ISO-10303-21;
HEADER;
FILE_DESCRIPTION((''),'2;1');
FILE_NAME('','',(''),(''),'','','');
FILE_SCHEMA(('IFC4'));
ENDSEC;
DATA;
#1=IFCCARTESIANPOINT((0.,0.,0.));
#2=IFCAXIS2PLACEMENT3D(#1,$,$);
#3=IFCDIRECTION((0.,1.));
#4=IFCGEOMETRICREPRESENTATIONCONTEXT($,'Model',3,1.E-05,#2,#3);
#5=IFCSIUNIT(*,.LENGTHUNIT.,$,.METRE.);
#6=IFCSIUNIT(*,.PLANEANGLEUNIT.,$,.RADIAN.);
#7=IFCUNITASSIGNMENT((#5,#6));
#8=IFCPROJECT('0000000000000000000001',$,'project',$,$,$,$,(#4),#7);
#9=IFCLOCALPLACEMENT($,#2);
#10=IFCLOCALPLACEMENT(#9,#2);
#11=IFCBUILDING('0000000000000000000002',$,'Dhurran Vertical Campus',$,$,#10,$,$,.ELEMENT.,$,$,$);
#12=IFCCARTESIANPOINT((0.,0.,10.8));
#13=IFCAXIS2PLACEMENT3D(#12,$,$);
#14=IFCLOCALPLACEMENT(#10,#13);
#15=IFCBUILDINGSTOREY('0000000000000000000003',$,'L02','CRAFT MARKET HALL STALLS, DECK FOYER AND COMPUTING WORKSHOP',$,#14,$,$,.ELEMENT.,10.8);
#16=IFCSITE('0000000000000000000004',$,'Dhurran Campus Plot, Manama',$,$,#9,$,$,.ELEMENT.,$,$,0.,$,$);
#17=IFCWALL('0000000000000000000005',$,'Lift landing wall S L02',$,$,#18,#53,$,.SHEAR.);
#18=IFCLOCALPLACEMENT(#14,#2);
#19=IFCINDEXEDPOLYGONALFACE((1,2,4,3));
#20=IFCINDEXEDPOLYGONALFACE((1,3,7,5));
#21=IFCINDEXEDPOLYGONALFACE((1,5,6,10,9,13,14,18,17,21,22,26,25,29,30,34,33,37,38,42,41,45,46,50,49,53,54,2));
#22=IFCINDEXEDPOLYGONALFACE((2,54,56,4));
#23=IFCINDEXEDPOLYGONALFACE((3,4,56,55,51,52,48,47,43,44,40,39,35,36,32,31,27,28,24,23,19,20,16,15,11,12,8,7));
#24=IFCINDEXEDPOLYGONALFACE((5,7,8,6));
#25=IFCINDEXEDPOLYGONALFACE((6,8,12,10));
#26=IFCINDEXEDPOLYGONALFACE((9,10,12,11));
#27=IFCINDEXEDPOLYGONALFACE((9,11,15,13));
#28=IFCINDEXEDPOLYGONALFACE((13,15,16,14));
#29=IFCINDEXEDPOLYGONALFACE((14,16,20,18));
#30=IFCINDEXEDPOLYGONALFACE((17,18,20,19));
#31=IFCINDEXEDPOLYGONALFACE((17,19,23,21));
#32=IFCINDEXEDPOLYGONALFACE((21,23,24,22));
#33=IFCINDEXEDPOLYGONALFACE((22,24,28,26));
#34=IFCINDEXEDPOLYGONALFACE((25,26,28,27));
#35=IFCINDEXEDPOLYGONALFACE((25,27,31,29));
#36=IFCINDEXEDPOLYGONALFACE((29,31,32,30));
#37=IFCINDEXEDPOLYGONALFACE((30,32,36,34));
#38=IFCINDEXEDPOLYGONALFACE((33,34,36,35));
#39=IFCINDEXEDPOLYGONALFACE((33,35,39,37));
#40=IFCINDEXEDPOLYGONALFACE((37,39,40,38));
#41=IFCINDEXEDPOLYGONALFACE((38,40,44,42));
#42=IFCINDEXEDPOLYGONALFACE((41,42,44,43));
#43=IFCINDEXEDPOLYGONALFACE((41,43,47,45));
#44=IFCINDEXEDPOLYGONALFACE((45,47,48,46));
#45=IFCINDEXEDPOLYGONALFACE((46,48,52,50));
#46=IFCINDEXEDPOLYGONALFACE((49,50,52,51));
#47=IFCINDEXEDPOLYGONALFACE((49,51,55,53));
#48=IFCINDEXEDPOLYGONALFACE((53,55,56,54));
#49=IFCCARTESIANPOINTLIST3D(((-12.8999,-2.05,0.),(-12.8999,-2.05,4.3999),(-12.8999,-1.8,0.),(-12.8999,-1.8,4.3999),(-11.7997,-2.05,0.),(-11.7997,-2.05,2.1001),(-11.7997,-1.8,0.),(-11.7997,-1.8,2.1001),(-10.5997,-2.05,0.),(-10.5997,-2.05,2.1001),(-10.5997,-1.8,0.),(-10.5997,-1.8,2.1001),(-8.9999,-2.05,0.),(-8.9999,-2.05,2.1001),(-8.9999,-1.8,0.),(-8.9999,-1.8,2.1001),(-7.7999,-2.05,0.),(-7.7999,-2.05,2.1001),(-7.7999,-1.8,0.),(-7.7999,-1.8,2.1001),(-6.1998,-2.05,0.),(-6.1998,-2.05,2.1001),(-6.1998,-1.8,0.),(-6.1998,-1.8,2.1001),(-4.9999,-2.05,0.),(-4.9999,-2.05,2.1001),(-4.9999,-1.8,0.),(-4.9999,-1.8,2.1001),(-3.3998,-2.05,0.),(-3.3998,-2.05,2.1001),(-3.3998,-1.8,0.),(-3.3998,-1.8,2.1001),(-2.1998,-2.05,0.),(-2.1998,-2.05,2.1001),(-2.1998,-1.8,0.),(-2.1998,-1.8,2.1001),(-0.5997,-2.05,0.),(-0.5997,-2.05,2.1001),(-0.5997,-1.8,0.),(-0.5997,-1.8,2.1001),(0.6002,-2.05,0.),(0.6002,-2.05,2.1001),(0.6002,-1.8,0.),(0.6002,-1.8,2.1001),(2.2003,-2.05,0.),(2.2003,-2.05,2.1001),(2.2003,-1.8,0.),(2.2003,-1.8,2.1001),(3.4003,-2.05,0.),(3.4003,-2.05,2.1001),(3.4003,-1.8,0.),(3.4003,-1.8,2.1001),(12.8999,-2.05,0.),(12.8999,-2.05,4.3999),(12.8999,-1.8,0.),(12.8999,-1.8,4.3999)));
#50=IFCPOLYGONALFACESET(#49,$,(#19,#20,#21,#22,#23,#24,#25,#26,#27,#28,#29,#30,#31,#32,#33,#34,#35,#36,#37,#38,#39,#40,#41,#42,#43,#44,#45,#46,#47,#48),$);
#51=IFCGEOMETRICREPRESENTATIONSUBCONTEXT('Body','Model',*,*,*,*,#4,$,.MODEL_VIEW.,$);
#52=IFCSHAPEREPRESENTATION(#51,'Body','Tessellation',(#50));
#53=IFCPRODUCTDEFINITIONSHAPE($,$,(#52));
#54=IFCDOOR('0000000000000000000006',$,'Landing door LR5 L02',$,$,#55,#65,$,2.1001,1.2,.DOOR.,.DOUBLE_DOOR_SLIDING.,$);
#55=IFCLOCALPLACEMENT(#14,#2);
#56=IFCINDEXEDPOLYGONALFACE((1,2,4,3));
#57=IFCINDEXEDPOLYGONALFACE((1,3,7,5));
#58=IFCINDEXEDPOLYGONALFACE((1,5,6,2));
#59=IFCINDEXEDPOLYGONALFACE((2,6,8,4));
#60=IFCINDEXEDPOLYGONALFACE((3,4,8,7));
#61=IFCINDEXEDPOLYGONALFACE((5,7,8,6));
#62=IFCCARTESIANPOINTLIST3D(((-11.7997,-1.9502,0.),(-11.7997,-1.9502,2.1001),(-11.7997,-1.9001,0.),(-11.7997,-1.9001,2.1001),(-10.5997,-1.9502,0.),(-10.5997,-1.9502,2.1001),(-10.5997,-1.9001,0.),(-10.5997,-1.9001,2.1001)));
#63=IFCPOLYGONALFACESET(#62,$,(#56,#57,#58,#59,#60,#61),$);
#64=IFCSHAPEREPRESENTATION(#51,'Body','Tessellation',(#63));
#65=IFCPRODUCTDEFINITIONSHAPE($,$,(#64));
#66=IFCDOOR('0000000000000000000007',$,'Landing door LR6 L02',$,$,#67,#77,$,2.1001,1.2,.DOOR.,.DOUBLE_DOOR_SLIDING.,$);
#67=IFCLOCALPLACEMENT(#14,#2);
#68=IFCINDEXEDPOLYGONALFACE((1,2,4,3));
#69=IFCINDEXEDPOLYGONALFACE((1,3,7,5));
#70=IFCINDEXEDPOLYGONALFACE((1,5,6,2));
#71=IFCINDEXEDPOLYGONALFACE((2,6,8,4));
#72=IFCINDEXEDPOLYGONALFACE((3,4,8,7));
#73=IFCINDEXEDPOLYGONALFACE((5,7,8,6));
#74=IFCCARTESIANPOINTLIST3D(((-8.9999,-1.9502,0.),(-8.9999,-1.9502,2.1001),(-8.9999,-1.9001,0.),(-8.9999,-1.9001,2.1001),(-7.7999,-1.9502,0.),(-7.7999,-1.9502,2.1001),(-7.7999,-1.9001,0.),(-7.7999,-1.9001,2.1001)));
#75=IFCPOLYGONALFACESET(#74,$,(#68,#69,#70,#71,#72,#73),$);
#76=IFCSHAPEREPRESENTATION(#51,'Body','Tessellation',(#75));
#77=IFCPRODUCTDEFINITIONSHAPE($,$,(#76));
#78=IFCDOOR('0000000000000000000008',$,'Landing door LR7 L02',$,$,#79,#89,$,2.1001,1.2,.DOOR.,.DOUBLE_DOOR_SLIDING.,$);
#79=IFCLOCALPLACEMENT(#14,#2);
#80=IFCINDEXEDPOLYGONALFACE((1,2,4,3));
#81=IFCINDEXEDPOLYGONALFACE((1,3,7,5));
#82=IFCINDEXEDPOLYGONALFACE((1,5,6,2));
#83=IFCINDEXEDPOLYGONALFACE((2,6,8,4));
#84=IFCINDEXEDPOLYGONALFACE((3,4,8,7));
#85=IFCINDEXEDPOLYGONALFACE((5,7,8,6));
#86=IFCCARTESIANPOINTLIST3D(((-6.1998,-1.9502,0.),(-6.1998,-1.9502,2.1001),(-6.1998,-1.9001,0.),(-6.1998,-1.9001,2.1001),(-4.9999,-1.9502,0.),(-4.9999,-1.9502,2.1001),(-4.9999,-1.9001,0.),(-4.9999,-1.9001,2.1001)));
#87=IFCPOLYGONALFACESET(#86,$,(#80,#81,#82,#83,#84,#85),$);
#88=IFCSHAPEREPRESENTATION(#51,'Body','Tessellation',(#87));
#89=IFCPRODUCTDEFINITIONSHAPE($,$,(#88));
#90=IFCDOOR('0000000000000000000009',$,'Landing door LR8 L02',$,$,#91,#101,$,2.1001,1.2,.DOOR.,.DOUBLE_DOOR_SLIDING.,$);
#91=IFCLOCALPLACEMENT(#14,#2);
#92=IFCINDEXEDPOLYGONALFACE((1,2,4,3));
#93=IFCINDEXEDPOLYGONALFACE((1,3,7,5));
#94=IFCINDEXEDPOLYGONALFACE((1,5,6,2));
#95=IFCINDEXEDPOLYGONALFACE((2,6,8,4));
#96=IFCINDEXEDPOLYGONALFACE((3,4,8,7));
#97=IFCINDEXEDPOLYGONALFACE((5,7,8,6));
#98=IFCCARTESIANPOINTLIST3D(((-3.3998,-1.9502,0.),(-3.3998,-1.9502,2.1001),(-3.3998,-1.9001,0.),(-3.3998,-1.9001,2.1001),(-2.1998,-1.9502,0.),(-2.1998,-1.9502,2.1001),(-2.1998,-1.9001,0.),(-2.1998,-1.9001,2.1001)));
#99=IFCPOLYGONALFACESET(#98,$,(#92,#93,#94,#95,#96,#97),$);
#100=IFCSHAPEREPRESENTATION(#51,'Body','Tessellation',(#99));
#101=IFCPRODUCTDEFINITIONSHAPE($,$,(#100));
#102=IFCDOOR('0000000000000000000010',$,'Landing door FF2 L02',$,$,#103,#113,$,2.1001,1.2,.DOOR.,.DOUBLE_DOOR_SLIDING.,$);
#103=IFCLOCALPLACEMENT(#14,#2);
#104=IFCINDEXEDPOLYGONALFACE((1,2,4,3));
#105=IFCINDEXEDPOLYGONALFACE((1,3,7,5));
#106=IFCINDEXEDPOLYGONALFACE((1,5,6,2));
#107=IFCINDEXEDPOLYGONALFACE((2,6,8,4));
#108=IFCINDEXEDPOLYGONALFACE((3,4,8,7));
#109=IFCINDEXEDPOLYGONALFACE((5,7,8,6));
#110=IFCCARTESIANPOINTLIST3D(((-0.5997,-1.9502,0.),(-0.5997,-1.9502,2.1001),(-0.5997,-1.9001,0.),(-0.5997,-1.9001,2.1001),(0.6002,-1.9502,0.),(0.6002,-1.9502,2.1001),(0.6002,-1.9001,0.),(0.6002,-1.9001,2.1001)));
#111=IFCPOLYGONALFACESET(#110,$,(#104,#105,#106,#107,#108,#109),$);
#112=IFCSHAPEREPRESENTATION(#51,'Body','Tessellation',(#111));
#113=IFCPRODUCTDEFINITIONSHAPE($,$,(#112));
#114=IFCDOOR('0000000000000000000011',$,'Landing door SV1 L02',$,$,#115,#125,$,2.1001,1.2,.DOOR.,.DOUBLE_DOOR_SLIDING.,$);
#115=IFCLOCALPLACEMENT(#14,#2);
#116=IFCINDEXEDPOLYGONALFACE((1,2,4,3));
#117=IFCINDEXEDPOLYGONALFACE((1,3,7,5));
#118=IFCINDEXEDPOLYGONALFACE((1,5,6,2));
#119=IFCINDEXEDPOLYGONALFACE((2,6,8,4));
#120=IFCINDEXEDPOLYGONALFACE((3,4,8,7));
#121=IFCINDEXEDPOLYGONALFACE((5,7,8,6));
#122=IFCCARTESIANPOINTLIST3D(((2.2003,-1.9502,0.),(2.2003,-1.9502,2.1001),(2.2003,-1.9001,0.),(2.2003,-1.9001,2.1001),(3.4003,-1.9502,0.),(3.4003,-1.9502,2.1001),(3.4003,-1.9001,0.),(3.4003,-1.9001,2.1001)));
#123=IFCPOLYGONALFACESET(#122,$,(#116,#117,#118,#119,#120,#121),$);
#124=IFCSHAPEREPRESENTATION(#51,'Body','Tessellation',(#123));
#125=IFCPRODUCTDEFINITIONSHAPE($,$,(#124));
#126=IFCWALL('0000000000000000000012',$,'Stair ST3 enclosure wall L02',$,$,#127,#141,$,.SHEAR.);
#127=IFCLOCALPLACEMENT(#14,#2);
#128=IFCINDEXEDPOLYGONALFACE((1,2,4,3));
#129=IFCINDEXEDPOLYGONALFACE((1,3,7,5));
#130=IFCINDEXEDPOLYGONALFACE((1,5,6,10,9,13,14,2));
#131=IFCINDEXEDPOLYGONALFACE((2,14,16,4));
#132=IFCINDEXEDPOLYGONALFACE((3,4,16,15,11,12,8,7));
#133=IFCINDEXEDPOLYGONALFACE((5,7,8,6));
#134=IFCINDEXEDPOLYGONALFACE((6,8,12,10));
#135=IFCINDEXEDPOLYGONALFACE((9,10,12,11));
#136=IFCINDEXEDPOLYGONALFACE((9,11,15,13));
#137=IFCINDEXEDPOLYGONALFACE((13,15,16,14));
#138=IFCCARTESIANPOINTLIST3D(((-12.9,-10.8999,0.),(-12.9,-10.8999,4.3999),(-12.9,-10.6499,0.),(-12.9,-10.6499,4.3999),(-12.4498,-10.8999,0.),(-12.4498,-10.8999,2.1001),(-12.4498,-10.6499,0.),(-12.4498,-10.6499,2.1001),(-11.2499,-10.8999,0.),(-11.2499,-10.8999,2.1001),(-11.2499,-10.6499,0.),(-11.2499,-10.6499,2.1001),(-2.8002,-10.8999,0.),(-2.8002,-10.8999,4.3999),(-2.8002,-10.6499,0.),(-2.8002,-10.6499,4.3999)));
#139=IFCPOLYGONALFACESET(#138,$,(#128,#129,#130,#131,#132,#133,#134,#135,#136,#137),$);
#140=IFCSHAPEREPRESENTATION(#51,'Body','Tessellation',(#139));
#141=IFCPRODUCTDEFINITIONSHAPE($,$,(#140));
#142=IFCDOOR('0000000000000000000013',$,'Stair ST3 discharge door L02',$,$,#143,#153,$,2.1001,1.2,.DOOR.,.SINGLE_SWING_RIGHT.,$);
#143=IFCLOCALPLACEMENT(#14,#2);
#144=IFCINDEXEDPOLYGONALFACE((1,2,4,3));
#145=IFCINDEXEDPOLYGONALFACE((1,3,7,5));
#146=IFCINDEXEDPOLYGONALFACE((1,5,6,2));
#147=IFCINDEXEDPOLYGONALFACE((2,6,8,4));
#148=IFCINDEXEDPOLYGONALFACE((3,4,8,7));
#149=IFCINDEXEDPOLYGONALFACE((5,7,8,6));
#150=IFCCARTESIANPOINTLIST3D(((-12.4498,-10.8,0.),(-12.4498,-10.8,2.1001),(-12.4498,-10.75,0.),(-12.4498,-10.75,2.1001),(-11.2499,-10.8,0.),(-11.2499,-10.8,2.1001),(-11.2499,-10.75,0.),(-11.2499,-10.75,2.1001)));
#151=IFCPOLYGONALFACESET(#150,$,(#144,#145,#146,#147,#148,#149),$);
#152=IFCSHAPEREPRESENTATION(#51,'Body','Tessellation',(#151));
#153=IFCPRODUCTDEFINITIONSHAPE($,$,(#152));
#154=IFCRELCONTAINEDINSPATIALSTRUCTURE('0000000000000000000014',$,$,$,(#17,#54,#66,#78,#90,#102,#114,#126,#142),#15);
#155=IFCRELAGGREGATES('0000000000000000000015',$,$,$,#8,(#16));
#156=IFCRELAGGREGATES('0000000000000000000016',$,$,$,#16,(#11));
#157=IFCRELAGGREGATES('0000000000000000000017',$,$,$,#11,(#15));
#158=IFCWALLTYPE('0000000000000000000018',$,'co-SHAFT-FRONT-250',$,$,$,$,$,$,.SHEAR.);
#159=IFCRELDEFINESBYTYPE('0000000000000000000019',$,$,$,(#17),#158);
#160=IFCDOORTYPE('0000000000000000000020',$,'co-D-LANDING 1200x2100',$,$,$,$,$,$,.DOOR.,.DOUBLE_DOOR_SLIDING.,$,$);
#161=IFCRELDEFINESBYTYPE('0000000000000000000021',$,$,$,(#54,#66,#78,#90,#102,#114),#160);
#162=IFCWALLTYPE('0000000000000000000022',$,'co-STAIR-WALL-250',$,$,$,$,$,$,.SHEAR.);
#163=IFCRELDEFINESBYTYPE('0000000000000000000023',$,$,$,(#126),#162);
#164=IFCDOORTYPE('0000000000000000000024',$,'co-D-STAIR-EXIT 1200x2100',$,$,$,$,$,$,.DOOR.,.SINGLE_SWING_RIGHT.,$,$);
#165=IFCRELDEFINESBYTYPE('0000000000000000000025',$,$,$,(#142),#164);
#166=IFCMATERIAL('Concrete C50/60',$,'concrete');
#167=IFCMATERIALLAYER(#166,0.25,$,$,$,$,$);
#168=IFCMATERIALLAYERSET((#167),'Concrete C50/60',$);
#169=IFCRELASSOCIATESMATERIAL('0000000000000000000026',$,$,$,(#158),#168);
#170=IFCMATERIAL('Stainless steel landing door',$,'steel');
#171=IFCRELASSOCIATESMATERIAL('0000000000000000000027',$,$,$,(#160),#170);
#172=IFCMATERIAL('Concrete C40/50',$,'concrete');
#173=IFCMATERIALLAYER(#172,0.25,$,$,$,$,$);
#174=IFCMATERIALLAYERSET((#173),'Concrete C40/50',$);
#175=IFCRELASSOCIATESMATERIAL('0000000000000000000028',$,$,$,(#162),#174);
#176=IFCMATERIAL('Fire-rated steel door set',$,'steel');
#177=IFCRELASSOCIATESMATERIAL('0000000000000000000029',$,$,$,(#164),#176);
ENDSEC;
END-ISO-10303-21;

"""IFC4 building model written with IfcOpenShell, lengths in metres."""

from ifc_helpers import new_model, si_unit, direction, frame, frame_2d, origin, place, context, subcontext, project, spatial, rectangle, extrude, material, layer, layer_set, type_object, element, fill, save


model = new_model("IFC4")

# Units and contexts
model_context = context("Model", 3, precision=1e-05, world=origin(), true_north=direction((0.0, 1.0)))
body_context = subcontext(model_context, "Body", "Model", "MODEL_VIEW")
ifc_project = project(units=[si_unit("LENGTHUNIT", "METRE"), si_unit("PLANEANGLEUNIT", "RADIAN")], contexts=[model_context])

# Site, building, storey
site_placement = place(None, origin())
site = spatial("IfcSite", under=ifc_project, at=site_placement, Name="Dhurran Campus Plot, Manama", CompositionType="ELEMENT", RefElevation=0.0)
building_placement = place(site_placement, origin())
building = spatial("IfcBuilding", under=site, at=building_placement, Name="Dhurran Vertical Campus", CompositionType="ELEMENT")
storey_placement = place(building_placement, frame((0.0, 0.0, 10.8)))
storey = spatial("IfcBuildingStorey", under=building, at=storey_placement, Name="L02", Description="CRAFT MARKET HALL STALLS, DECK FOYER AND COMPUTING WORKSHOP", CompositionType="ELEMENT", Elevation=10.8)

# Wall, openings, doors
ifc_material_1 = material(Name="Concrete C50/60", Category="concrete")
ifc_layer_1 = layer(ifc_material_1, 0.25)
ifc_layer_set_1 = layer_set([ifc_layer_1], Name="Concrete C50/60")
wall_type_1 = type_object("IfcWallType", Name="co-SHAFT-FRONT-250", PredefinedType="SHEAR", material=ifc_layer_set_1)
wall_1_placement = place(storey_placement, frame((-12.8999, -1.925, 0.0), z_axis=(0.0, 0.0, 1.0), x_axis=(1.0, 0.0, 0.0)))
wall_1 = element("IfcWall", 1, at=wall_1_placement, inside=storey, type_object=wall_type_1, Name="Lift landing wall S L02", PredefinedType="SHEAR", context=body_context, shape_type="SweptSolid", body=[
    extrude(rectangle(XDim=25.7998, YDim=0.25, at=frame_2d((12.8999, 0.0))), origin(), (0.0, 0.0, 1.0), 4.3999),
])
opening_1_placement = place(wall_1_placement, frame((1.1001, 0.0, 0.0)))
opening_1 = element("IfcOpeningElement", 2, at=opening_1_placement, cuts=wall_1, PredefinedType="OPENING", context=body_context, shape_type="SweptSolid", body=[
    extrude(rectangle(XDim=1.2, YDim=2.1001, at=frame_2d((0.6001, 1.05))), frame((0.0, 0.135, 0.0), z_axis=(0.0, -1.0, 0.0), x_axis=(1.0, 0.0, 0.0)), (0.0, 0.0, 1.0), 0.27),
])
opening_2_placement = place(wall_1_placement, frame((3.8999, 0.0, 0.0)))
opening_2 = element("IfcOpeningElement", 3, at=opening_2_placement, cuts=wall_1, PredefinedType="OPENING", context=body_context, shape_type="SweptSolid", body=[
    extrude(rectangle(XDim=1.2, YDim=2.1001, at=frame_2d((0.6001, 1.05))), frame((0.0, 0.135, 0.0), z_axis=(0.0, -1.0, 0.0), x_axis=(1.0, 0.0, 0.0)), (0.0, 0.0, 1.0), 0.27),
])
opening_3_placement = place(wall_1_placement, frame((6.7, 0.0, 0.0)))
opening_3 = element("IfcOpeningElement", 4, at=opening_3_placement, cuts=wall_1, PredefinedType="OPENING", context=body_context, shape_type="SweptSolid", body=[
    extrude(rectangle(XDim=1.2, YDim=2.1001, at=frame_2d((0.6001, 1.05))), frame((0.0, 0.135, 0.0), z_axis=(0.0, -1.0, 0.0), x_axis=(1.0, 0.0, 0.0)), (0.0, 0.0, 1.0), 0.27),
])
opening_4_placement = place(wall_1_placement, frame((9.5, 0.0, 0.0)))
opening_4 = element("IfcOpeningElement", 5, at=opening_4_placement, cuts=wall_1, PredefinedType="OPENING", context=body_context, shape_type="SweptSolid", body=[
    extrude(rectangle(XDim=1.2, YDim=2.1001, at=frame_2d((0.6001, 1.05))), frame((0.0, 0.135, 0.0), z_axis=(0.0, -1.0, 0.0), x_axis=(1.0, 0.0, 0.0)), (0.0, 0.0, 1.0), 0.27),
])
opening_5_placement = place(wall_1_placement, frame((12.3, 0.0, 0.0)))
opening_5 = element("IfcOpeningElement", 6, at=opening_5_placement, cuts=wall_1, PredefinedType="OPENING", context=body_context, shape_type="SweptSolid", body=[
    extrude(rectangle(XDim=1.2, YDim=2.1001, at=frame_2d((0.6001, 1.05))), frame((0.0, 0.135, 0.0), z_axis=(0.0, -1.0, 0.0), x_axis=(1.0, 0.0, 0.0)), (0.0, 0.0, 1.0), 0.27),
])
opening_6_placement = place(wall_1_placement, frame((15.1001, 0.0, 0.0)))
opening_6 = element("IfcOpeningElement", 7, at=opening_6_placement, cuts=wall_1, PredefinedType="OPENING", context=body_context, shape_type="SweptSolid", body=[
    extrude(rectangle(XDim=1.2, YDim=2.1001, at=frame_2d((0.6001, 1.05))), frame((0.0, 0.135, 0.0), z_axis=(0.0, -1.0, 0.0), x_axis=(1.0, 0.0, 0.0)), (0.0, 0.0, 1.0), 0.27),
])
ifc_material_2 = material(Name="Stainless steel landing door", Category="steel")
door_type_1 = type_object("IfcDoorType", Name="co-D-LANDING 1200x2100", OperationType="DOUBLE_DOOR_SLIDING", PredefinedType="DOOR", material=ifc_material_2)
door_1_placement = place(opening_1_placement, origin())
door_1 = element("IfcDoor", 8, at=door_1_placement, inside=storey, type_object=door_type_1, Name="Landing door LR5 L02", OperationType="DOUBLE_DOOR_SLIDING", OverallHeight=2.1001, OverallWidth=1.2, PredefinedType="DOOR", context=body_context, shape_type="SweptSolid", body=[
    extrude(rectangle(XDim=1.2, YDim=2.1001, at=frame_2d((0.6001, 1.05))), frame((0.0, 0.0249, 0.0), z_axis=(0.0, -1.0, 0.0), x_axis=(1.0, 0.0, 0.0)), (0.0, 0.0, 1.0), 0.05),
])
fill(opening_1, door_1)
door_2_placement = place(opening_2_placement, origin())
door_2 = element("IfcDoor", 9, at=door_2_placement, inside=storey, type_object=door_type_1, Name="Landing door LR6 L02", OperationType="DOUBLE_DOOR_SLIDING", OverallHeight=2.1001, OverallWidth=1.2, PredefinedType="DOOR", context=body_context, shape_type="SweptSolid", body=[
    extrude(rectangle(XDim=1.2, YDim=2.1001, at=frame_2d((0.6001, 1.05))), frame((0.0, 0.0249, 0.0), z_axis=(0.0, -1.0, 0.0), x_axis=(1.0, 0.0, 0.0)), (0.0, 0.0, 1.0), 0.05),
])
fill(opening_2, door_2)
door_3_placement = place(opening_3_placement, origin())
door_3 = element("IfcDoor", 10, at=door_3_placement, inside=storey, type_object=door_type_1, Name="Landing door LR7 L02", OperationType="DOUBLE_DOOR_SLIDING", OverallHeight=2.1001, OverallWidth=1.2, PredefinedType="DOOR", context=body_context, shape_type="SweptSolid", body=[
    extrude(rectangle(XDim=1.2, YDim=2.1001, at=frame_2d((0.6001, 1.05))), frame((0.0, 0.0249, 0.0), z_axis=(0.0, -1.0, 0.0), x_axis=(1.0, 0.0, 0.0)), (0.0, 0.0, 1.0), 0.05),
])
fill(opening_3, door_3)
door_4_placement = place(opening_4_placement, origin())
door_4 = element("IfcDoor", 11, at=door_4_placement, inside=storey, type_object=door_type_1, Name="Landing door LR8 L02", OperationType="DOUBLE_DOOR_SLIDING", OverallHeight=2.1001, OverallWidth=1.2, PredefinedType="DOOR", context=body_context, shape_type="SweptSolid", body=[
    extrude(rectangle(XDim=1.2, YDim=2.1001, at=frame_2d((0.6001, 1.05))), frame((0.0, 0.0249, 0.0), z_axis=(0.0, -1.0, 0.0), x_axis=(1.0, 0.0, 0.0)), (0.0, 0.0, 1.0), 0.05),
])
fill(opening_4, door_4)
door_5_placement = place(opening_5_placement, origin())
door_5 = element("IfcDoor", 12, at=door_5_placement, inside=storey, type_object=door_type_1, Name="Landing door FF2 L02", OperationType="DOUBLE_DOOR_SLIDING", OverallHeight=2.1001, OverallWidth=1.2, PredefinedType="DOOR", context=body_context, shape_type="SweptSolid", body=[
    extrude(rectangle(XDim=1.2, YDim=2.1001, at=frame_2d((0.6001, 1.05))), frame((0.0, 0.0249, 0.0), z_axis=(0.0, -1.0, 0.0), x_axis=(1.0, 0.0, 0.0)), (0.0, 0.0, 1.0), 0.05),
])
fill(opening_5, door_5)
door_6_placement = place(opening_6_placement, origin())
door_6 = element("IfcDoor", 13, at=door_6_placement, inside=storey, type_object=door_type_1, Name="Landing door SV1 L02", OperationType="DOUBLE_DOOR_SLIDING", OverallHeight=2.1001, OverallWidth=1.2, PredefinedType="DOOR", context=body_context, shape_type="SweptSolid", body=[
    extrude(rectangle(XDim=1.2, YDim=2.1001, at=frame_2d((0.6001, 1.05))), frame((0.0, 0.0249, 0.0), z_axis=(0.0, -1.0, 0.0), x_axis=(1.0, 0.0, 0.0)), (0.0, 0.0, 1.0), 0.05),
])
fill(opening_6, door_6)

# Wall, opening, door
ifc_material_3 = material(Name="Concrete C40/50", Category="concrete")
ifc_layer_2 = layer(ifc_material_3, 0.25)
ifc_layer_set_2 = layer_set([ifc_layer_2], Name="Concrete C40/50")
wall_type_2 = type_object("IfcWallType", Name="co-STAIR-WALL-250", PredefinedType="SHEAR", material=ifc_layer_set_2)
wall_2_placement = place(storey_placement, frame((-12.8999, -10.7749, 0.0), z_axis=(0.0, 0.0, 1.0), x_axis=(1.0, 0.0, 0.0)))
wall_2 = element("IfcWall", 14, at=wall_2_placement, inside=storey, type_object=wall_type_2, Name="Stair ST3 enclosure wall L02", PredefinedType="SHEAR", context=body_context, shape_type="SweptSolid", body=[
    extrude(rectangle(XDim=10.0999, YDim=0.25, at=frame_2d((5.0498, 0.0))), origin(), (0.0, 0.0, 1.0), 4.3999),
])
opening_7_placement = place(wall_2_placement, frame((0.45, 0.0, 0.0)))
opening_7 = element("IfcOpeningElement", 15, at=opening_7_placement, cuts=wall_2, PredefinedType="OPENING", context=body_context, shape_type="SweptSolid", body=[
    extrude(rectangle(XDim=1.2, YDim=2.1001, at=frame_2d((0.6001, 1.05))), frame((0.0, 0.135, 0.0), z_axis=(0.0, -1.0, 0.0), x_axis=(1.0, 0.0, 0.0)), (0.0, 0.0, 1.0), 0.27),
])
ifc_material_4 = material(Name="Fire-rated steel door set", Category="steel")
door_type_2 = type_object("IfcDoorType", Name="co-D-STAIR-EXIT 1200x2100", OperationType="SINGLE_SWING_RIGHT", PredefinedType="DOOR", material=ifc_material_4)
door_7_placement = place(opening_7_placement, origin())
door_7 = element("IfcDoor", 16, at=door_7_placement, inside=storey, type_object=door_type_2, Name="Stair ST3 discharge door L02", OperationType="SINGLE_SWING_RIGHT", OverallHeight=2.1001, OverallWidth=1.2, PredefinedType="DOOR", context=body_context, shape_type="SweptSolid", body=[
    extrude(rectangle(XDim=1.2, YDim=2.1001, at=frame_2d((0.6001, 1.05))), frame((0.0, 0.0249, 0.0), z_axis=(0.0, -1.0, 0.0), x_axis=(1.0, 0.0, 0.0)), (0.0, 0.0, 1.0), 0.05),
])
fill(opening_7, door_7)

save(model, "model.ifc")
